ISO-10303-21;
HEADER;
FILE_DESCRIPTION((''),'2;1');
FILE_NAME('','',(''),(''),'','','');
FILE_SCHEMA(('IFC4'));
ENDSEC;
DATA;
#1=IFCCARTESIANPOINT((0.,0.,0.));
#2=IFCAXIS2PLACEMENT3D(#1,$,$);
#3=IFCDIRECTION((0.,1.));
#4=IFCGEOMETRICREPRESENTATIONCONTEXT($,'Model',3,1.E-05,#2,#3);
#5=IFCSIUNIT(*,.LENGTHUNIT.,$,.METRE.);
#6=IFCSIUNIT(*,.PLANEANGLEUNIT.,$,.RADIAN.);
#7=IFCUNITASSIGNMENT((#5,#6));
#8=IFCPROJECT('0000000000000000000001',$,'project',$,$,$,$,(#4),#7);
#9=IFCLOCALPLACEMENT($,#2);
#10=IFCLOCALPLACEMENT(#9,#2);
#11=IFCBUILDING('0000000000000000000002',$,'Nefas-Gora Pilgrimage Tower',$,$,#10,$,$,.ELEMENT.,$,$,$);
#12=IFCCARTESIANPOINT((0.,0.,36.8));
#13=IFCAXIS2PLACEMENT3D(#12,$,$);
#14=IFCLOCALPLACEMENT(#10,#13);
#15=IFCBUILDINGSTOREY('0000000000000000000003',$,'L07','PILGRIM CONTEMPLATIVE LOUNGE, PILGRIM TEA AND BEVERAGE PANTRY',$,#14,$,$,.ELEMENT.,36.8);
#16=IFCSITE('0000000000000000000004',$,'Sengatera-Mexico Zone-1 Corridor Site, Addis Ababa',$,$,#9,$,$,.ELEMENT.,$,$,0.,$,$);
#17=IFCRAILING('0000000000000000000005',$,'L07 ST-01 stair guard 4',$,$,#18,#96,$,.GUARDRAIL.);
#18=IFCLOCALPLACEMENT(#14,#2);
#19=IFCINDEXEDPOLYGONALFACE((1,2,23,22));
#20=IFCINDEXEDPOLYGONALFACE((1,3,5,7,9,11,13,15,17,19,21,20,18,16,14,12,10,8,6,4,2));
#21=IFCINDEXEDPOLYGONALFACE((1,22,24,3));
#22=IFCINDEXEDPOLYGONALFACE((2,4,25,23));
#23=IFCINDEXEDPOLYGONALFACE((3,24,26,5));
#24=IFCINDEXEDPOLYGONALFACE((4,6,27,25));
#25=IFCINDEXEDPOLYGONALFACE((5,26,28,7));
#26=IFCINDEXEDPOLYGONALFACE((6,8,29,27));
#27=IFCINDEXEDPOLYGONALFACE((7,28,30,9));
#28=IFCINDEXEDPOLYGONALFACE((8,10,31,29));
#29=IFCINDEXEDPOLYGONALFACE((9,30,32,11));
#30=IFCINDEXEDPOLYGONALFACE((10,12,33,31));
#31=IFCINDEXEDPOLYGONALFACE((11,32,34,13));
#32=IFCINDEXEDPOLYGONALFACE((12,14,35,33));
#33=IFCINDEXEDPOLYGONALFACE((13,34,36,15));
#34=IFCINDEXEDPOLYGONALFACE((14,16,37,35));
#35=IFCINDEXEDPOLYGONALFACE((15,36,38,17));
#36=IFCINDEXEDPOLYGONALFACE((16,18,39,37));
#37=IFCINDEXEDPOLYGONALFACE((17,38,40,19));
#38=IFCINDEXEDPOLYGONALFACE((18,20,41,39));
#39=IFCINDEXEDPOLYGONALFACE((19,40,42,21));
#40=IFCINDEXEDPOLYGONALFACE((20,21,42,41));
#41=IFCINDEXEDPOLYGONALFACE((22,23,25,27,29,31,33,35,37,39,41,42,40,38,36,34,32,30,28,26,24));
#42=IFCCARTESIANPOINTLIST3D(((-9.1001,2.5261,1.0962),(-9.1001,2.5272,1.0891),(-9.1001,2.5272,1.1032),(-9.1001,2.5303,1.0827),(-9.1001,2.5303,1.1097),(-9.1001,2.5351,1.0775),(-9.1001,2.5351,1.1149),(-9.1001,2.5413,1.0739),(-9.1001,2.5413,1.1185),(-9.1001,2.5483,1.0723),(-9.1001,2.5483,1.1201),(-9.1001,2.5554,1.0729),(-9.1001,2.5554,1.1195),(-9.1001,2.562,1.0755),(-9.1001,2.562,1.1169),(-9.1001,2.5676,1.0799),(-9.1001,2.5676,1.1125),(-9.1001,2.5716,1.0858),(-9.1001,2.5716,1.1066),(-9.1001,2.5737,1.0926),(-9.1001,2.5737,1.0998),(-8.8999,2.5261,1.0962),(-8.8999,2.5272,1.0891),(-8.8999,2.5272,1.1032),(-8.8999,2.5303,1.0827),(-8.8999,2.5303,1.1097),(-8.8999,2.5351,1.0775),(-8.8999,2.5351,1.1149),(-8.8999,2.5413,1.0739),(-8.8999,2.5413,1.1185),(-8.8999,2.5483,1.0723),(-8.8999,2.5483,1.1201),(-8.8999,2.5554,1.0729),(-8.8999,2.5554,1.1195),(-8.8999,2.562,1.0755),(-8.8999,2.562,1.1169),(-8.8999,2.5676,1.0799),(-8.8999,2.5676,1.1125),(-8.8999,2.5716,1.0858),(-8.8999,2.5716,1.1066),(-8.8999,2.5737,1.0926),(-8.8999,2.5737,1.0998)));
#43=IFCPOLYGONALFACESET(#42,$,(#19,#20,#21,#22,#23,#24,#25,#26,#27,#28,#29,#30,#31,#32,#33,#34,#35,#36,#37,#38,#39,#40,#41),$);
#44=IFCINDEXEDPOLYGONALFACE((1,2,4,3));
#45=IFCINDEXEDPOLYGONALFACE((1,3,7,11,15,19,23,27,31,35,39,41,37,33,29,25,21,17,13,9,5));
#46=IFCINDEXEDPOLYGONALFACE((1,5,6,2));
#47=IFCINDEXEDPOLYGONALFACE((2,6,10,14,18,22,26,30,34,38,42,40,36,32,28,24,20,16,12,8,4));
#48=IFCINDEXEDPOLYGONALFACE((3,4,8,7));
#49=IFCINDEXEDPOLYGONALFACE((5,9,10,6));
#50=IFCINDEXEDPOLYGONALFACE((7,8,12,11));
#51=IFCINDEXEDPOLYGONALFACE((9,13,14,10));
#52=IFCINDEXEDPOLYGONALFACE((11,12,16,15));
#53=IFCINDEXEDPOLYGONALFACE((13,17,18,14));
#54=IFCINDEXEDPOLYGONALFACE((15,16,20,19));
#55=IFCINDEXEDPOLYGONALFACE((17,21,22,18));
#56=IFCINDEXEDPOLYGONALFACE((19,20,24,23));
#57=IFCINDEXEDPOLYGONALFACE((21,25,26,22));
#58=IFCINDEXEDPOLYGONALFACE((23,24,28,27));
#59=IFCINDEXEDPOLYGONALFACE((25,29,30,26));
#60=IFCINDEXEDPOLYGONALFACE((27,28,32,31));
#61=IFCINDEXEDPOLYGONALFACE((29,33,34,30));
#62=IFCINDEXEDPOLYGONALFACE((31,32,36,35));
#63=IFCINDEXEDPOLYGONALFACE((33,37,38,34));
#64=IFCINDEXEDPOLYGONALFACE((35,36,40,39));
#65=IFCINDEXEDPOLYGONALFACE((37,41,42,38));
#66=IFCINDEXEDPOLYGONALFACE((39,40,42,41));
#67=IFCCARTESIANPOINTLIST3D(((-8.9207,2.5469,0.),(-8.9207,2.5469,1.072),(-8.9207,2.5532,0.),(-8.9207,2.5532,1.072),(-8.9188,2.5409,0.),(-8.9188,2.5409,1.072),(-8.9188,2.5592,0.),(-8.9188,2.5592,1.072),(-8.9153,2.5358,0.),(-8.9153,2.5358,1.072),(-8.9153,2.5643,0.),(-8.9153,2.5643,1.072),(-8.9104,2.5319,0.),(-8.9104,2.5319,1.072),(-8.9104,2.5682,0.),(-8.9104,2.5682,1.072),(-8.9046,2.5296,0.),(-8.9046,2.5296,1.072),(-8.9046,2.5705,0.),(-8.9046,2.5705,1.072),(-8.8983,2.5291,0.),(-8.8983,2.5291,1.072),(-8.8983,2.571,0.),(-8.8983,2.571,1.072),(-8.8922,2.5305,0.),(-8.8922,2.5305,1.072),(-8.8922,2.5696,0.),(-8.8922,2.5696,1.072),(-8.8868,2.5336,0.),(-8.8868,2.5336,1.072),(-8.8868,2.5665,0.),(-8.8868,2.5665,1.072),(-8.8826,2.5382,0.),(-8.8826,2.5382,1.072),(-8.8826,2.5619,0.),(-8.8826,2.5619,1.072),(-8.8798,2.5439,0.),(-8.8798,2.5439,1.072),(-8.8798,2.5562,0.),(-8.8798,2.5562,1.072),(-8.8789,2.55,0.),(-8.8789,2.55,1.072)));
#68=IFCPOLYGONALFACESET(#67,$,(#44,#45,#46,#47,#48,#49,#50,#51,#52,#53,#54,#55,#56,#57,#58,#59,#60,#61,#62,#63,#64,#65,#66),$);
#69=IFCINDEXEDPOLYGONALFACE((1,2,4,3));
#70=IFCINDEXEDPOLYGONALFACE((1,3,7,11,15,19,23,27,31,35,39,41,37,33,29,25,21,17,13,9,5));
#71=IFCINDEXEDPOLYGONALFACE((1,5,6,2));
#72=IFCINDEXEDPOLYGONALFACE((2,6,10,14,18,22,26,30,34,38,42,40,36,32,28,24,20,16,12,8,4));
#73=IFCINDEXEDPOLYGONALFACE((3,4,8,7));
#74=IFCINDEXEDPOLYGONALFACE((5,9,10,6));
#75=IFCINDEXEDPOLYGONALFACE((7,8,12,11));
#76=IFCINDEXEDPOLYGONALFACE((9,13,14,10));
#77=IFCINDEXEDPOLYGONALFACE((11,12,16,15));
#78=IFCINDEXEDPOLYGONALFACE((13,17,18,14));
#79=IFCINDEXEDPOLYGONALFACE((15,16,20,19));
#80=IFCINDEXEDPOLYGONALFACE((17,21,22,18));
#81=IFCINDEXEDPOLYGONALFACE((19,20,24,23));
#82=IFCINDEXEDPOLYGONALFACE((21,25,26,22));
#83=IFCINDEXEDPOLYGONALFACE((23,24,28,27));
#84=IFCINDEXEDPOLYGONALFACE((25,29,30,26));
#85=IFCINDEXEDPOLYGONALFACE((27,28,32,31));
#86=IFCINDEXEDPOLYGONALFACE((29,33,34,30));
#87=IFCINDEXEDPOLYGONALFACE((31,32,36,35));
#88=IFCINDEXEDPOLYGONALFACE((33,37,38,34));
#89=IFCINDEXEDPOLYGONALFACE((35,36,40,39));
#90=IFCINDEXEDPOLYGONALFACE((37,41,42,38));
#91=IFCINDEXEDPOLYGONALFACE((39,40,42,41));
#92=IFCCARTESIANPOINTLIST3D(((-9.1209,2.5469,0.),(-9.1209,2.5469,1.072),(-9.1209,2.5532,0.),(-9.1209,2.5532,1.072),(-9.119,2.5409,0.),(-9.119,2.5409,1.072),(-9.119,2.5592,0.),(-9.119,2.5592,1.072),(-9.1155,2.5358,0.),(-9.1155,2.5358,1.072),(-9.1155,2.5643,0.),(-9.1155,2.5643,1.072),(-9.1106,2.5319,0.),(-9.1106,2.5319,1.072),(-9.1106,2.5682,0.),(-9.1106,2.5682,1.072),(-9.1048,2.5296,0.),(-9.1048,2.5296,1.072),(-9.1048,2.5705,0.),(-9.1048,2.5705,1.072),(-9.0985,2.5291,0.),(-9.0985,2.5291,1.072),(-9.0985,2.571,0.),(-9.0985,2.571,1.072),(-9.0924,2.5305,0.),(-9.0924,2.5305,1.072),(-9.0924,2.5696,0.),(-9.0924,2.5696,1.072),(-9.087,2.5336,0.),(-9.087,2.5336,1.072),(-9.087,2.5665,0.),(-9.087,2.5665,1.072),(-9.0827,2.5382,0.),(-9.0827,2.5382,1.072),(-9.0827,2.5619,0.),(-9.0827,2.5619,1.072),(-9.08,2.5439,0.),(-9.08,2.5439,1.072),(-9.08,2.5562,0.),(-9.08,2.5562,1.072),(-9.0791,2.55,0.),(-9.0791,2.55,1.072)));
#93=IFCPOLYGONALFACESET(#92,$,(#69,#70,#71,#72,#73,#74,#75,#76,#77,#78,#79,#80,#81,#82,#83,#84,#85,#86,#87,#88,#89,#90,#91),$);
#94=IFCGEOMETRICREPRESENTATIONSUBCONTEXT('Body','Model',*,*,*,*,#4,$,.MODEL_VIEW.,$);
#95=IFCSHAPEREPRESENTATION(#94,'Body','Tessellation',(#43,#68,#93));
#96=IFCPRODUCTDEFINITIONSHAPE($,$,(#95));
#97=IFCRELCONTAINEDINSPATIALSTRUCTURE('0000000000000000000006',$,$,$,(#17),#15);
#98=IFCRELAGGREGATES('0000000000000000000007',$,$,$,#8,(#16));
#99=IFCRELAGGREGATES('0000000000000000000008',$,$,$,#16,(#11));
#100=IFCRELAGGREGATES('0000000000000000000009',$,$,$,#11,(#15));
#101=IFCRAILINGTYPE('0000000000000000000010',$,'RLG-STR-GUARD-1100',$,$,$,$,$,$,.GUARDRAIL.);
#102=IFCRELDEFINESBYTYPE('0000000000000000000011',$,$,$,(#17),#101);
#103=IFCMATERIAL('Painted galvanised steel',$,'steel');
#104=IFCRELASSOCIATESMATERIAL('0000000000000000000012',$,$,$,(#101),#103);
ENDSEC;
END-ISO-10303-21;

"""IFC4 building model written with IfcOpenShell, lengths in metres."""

from ifc_helpers import new_model, si_unit, direction, frame, origin, origin_2d, place, context, subcontext, project, spatial, circle, extrude, material, type_object, element, save


model = new_model("IFC4")

# Units and contexts
model_context = context("Model", 3, precision=1e-05, world=origin(), true_north=direction((0.0, 1.0)))
body_context = subcontext(model_context, "Body", "Model", "MODEL_VIEW")
ifc_project = project(units=[si_unit("LENGTHUNIT", "METRE"), si_unit("PLANEANGLEUNIT", "RADIAN")], contexts=[model_context])

# Site, building, storey
site_placement = place(None, origin())
site = spatial("IfcSite", under=ifc_project, at=site_placement, Name="Sengatera-Mexico Zone-1 Corridor Site, Addis Ababa", CompositionType="ELEMENT", RefElevation=0.0)
building_placement = place(site_placement, origin())
building = spatial("IfcBuilding", under=site, at=building_placement, Name="Nefas-Gora Pilgrimage Tower", CompositionType="ELEMENT")
storey_placement = place(building_placement, frame((0.0, 0.0, 36.8)))
storey = spatial("IfcBuildingStorey", under=building, at=storey_placement, Name="L07", Description="PILGRIM CONTEMPLATIVE LOUNGE, PILGRIM TEA AND BEVERAGE PANTRY", CompositionType="ELEMENT", Elevation=36.8)

# Railing
ifc_material_1 = material(Name="Painted galvanised steel", Category="steel")
railing_type_1 = type_object("IfcRailingType", Name="RLG-STR-GUARD-1100", PredefinedType="GUARDRAIL", material=ifc_material_1)
railing_1_placement = place(storey_placement, frame((-8.8999, 2.55, 0.0)))
element("IfcRailing", 1, at=railing_1_placement, inside=storey, type_object=railing_type_1, Name="L07 ST-01 stair guard 4", PredefinedType="GUARDRAIL", context=body_context, shape_type="SweptSolid", body=[
    extrude(circle(Radius=0.0239, at=origin_2d()), frame((0.0, 0.0, 1.0962), z_axis=(-1.0, 0.0, 0.0), x_axis=(0.0, -1.0, 0.0)), (0.0, 0.0, 1.0), 0.2002),
    extrude(circle(Radius=0.021, at=origin_2d()), origin(), (0.0, 0.0, 1.0), 1.072),
    extrude(circle(Radius=0.021, at=origin_2d()), frame((-0.2002, 0.0, 0.0)), (0.0, 0.0, 1.0), 1.072),
])

save(model, "model.ifc")
